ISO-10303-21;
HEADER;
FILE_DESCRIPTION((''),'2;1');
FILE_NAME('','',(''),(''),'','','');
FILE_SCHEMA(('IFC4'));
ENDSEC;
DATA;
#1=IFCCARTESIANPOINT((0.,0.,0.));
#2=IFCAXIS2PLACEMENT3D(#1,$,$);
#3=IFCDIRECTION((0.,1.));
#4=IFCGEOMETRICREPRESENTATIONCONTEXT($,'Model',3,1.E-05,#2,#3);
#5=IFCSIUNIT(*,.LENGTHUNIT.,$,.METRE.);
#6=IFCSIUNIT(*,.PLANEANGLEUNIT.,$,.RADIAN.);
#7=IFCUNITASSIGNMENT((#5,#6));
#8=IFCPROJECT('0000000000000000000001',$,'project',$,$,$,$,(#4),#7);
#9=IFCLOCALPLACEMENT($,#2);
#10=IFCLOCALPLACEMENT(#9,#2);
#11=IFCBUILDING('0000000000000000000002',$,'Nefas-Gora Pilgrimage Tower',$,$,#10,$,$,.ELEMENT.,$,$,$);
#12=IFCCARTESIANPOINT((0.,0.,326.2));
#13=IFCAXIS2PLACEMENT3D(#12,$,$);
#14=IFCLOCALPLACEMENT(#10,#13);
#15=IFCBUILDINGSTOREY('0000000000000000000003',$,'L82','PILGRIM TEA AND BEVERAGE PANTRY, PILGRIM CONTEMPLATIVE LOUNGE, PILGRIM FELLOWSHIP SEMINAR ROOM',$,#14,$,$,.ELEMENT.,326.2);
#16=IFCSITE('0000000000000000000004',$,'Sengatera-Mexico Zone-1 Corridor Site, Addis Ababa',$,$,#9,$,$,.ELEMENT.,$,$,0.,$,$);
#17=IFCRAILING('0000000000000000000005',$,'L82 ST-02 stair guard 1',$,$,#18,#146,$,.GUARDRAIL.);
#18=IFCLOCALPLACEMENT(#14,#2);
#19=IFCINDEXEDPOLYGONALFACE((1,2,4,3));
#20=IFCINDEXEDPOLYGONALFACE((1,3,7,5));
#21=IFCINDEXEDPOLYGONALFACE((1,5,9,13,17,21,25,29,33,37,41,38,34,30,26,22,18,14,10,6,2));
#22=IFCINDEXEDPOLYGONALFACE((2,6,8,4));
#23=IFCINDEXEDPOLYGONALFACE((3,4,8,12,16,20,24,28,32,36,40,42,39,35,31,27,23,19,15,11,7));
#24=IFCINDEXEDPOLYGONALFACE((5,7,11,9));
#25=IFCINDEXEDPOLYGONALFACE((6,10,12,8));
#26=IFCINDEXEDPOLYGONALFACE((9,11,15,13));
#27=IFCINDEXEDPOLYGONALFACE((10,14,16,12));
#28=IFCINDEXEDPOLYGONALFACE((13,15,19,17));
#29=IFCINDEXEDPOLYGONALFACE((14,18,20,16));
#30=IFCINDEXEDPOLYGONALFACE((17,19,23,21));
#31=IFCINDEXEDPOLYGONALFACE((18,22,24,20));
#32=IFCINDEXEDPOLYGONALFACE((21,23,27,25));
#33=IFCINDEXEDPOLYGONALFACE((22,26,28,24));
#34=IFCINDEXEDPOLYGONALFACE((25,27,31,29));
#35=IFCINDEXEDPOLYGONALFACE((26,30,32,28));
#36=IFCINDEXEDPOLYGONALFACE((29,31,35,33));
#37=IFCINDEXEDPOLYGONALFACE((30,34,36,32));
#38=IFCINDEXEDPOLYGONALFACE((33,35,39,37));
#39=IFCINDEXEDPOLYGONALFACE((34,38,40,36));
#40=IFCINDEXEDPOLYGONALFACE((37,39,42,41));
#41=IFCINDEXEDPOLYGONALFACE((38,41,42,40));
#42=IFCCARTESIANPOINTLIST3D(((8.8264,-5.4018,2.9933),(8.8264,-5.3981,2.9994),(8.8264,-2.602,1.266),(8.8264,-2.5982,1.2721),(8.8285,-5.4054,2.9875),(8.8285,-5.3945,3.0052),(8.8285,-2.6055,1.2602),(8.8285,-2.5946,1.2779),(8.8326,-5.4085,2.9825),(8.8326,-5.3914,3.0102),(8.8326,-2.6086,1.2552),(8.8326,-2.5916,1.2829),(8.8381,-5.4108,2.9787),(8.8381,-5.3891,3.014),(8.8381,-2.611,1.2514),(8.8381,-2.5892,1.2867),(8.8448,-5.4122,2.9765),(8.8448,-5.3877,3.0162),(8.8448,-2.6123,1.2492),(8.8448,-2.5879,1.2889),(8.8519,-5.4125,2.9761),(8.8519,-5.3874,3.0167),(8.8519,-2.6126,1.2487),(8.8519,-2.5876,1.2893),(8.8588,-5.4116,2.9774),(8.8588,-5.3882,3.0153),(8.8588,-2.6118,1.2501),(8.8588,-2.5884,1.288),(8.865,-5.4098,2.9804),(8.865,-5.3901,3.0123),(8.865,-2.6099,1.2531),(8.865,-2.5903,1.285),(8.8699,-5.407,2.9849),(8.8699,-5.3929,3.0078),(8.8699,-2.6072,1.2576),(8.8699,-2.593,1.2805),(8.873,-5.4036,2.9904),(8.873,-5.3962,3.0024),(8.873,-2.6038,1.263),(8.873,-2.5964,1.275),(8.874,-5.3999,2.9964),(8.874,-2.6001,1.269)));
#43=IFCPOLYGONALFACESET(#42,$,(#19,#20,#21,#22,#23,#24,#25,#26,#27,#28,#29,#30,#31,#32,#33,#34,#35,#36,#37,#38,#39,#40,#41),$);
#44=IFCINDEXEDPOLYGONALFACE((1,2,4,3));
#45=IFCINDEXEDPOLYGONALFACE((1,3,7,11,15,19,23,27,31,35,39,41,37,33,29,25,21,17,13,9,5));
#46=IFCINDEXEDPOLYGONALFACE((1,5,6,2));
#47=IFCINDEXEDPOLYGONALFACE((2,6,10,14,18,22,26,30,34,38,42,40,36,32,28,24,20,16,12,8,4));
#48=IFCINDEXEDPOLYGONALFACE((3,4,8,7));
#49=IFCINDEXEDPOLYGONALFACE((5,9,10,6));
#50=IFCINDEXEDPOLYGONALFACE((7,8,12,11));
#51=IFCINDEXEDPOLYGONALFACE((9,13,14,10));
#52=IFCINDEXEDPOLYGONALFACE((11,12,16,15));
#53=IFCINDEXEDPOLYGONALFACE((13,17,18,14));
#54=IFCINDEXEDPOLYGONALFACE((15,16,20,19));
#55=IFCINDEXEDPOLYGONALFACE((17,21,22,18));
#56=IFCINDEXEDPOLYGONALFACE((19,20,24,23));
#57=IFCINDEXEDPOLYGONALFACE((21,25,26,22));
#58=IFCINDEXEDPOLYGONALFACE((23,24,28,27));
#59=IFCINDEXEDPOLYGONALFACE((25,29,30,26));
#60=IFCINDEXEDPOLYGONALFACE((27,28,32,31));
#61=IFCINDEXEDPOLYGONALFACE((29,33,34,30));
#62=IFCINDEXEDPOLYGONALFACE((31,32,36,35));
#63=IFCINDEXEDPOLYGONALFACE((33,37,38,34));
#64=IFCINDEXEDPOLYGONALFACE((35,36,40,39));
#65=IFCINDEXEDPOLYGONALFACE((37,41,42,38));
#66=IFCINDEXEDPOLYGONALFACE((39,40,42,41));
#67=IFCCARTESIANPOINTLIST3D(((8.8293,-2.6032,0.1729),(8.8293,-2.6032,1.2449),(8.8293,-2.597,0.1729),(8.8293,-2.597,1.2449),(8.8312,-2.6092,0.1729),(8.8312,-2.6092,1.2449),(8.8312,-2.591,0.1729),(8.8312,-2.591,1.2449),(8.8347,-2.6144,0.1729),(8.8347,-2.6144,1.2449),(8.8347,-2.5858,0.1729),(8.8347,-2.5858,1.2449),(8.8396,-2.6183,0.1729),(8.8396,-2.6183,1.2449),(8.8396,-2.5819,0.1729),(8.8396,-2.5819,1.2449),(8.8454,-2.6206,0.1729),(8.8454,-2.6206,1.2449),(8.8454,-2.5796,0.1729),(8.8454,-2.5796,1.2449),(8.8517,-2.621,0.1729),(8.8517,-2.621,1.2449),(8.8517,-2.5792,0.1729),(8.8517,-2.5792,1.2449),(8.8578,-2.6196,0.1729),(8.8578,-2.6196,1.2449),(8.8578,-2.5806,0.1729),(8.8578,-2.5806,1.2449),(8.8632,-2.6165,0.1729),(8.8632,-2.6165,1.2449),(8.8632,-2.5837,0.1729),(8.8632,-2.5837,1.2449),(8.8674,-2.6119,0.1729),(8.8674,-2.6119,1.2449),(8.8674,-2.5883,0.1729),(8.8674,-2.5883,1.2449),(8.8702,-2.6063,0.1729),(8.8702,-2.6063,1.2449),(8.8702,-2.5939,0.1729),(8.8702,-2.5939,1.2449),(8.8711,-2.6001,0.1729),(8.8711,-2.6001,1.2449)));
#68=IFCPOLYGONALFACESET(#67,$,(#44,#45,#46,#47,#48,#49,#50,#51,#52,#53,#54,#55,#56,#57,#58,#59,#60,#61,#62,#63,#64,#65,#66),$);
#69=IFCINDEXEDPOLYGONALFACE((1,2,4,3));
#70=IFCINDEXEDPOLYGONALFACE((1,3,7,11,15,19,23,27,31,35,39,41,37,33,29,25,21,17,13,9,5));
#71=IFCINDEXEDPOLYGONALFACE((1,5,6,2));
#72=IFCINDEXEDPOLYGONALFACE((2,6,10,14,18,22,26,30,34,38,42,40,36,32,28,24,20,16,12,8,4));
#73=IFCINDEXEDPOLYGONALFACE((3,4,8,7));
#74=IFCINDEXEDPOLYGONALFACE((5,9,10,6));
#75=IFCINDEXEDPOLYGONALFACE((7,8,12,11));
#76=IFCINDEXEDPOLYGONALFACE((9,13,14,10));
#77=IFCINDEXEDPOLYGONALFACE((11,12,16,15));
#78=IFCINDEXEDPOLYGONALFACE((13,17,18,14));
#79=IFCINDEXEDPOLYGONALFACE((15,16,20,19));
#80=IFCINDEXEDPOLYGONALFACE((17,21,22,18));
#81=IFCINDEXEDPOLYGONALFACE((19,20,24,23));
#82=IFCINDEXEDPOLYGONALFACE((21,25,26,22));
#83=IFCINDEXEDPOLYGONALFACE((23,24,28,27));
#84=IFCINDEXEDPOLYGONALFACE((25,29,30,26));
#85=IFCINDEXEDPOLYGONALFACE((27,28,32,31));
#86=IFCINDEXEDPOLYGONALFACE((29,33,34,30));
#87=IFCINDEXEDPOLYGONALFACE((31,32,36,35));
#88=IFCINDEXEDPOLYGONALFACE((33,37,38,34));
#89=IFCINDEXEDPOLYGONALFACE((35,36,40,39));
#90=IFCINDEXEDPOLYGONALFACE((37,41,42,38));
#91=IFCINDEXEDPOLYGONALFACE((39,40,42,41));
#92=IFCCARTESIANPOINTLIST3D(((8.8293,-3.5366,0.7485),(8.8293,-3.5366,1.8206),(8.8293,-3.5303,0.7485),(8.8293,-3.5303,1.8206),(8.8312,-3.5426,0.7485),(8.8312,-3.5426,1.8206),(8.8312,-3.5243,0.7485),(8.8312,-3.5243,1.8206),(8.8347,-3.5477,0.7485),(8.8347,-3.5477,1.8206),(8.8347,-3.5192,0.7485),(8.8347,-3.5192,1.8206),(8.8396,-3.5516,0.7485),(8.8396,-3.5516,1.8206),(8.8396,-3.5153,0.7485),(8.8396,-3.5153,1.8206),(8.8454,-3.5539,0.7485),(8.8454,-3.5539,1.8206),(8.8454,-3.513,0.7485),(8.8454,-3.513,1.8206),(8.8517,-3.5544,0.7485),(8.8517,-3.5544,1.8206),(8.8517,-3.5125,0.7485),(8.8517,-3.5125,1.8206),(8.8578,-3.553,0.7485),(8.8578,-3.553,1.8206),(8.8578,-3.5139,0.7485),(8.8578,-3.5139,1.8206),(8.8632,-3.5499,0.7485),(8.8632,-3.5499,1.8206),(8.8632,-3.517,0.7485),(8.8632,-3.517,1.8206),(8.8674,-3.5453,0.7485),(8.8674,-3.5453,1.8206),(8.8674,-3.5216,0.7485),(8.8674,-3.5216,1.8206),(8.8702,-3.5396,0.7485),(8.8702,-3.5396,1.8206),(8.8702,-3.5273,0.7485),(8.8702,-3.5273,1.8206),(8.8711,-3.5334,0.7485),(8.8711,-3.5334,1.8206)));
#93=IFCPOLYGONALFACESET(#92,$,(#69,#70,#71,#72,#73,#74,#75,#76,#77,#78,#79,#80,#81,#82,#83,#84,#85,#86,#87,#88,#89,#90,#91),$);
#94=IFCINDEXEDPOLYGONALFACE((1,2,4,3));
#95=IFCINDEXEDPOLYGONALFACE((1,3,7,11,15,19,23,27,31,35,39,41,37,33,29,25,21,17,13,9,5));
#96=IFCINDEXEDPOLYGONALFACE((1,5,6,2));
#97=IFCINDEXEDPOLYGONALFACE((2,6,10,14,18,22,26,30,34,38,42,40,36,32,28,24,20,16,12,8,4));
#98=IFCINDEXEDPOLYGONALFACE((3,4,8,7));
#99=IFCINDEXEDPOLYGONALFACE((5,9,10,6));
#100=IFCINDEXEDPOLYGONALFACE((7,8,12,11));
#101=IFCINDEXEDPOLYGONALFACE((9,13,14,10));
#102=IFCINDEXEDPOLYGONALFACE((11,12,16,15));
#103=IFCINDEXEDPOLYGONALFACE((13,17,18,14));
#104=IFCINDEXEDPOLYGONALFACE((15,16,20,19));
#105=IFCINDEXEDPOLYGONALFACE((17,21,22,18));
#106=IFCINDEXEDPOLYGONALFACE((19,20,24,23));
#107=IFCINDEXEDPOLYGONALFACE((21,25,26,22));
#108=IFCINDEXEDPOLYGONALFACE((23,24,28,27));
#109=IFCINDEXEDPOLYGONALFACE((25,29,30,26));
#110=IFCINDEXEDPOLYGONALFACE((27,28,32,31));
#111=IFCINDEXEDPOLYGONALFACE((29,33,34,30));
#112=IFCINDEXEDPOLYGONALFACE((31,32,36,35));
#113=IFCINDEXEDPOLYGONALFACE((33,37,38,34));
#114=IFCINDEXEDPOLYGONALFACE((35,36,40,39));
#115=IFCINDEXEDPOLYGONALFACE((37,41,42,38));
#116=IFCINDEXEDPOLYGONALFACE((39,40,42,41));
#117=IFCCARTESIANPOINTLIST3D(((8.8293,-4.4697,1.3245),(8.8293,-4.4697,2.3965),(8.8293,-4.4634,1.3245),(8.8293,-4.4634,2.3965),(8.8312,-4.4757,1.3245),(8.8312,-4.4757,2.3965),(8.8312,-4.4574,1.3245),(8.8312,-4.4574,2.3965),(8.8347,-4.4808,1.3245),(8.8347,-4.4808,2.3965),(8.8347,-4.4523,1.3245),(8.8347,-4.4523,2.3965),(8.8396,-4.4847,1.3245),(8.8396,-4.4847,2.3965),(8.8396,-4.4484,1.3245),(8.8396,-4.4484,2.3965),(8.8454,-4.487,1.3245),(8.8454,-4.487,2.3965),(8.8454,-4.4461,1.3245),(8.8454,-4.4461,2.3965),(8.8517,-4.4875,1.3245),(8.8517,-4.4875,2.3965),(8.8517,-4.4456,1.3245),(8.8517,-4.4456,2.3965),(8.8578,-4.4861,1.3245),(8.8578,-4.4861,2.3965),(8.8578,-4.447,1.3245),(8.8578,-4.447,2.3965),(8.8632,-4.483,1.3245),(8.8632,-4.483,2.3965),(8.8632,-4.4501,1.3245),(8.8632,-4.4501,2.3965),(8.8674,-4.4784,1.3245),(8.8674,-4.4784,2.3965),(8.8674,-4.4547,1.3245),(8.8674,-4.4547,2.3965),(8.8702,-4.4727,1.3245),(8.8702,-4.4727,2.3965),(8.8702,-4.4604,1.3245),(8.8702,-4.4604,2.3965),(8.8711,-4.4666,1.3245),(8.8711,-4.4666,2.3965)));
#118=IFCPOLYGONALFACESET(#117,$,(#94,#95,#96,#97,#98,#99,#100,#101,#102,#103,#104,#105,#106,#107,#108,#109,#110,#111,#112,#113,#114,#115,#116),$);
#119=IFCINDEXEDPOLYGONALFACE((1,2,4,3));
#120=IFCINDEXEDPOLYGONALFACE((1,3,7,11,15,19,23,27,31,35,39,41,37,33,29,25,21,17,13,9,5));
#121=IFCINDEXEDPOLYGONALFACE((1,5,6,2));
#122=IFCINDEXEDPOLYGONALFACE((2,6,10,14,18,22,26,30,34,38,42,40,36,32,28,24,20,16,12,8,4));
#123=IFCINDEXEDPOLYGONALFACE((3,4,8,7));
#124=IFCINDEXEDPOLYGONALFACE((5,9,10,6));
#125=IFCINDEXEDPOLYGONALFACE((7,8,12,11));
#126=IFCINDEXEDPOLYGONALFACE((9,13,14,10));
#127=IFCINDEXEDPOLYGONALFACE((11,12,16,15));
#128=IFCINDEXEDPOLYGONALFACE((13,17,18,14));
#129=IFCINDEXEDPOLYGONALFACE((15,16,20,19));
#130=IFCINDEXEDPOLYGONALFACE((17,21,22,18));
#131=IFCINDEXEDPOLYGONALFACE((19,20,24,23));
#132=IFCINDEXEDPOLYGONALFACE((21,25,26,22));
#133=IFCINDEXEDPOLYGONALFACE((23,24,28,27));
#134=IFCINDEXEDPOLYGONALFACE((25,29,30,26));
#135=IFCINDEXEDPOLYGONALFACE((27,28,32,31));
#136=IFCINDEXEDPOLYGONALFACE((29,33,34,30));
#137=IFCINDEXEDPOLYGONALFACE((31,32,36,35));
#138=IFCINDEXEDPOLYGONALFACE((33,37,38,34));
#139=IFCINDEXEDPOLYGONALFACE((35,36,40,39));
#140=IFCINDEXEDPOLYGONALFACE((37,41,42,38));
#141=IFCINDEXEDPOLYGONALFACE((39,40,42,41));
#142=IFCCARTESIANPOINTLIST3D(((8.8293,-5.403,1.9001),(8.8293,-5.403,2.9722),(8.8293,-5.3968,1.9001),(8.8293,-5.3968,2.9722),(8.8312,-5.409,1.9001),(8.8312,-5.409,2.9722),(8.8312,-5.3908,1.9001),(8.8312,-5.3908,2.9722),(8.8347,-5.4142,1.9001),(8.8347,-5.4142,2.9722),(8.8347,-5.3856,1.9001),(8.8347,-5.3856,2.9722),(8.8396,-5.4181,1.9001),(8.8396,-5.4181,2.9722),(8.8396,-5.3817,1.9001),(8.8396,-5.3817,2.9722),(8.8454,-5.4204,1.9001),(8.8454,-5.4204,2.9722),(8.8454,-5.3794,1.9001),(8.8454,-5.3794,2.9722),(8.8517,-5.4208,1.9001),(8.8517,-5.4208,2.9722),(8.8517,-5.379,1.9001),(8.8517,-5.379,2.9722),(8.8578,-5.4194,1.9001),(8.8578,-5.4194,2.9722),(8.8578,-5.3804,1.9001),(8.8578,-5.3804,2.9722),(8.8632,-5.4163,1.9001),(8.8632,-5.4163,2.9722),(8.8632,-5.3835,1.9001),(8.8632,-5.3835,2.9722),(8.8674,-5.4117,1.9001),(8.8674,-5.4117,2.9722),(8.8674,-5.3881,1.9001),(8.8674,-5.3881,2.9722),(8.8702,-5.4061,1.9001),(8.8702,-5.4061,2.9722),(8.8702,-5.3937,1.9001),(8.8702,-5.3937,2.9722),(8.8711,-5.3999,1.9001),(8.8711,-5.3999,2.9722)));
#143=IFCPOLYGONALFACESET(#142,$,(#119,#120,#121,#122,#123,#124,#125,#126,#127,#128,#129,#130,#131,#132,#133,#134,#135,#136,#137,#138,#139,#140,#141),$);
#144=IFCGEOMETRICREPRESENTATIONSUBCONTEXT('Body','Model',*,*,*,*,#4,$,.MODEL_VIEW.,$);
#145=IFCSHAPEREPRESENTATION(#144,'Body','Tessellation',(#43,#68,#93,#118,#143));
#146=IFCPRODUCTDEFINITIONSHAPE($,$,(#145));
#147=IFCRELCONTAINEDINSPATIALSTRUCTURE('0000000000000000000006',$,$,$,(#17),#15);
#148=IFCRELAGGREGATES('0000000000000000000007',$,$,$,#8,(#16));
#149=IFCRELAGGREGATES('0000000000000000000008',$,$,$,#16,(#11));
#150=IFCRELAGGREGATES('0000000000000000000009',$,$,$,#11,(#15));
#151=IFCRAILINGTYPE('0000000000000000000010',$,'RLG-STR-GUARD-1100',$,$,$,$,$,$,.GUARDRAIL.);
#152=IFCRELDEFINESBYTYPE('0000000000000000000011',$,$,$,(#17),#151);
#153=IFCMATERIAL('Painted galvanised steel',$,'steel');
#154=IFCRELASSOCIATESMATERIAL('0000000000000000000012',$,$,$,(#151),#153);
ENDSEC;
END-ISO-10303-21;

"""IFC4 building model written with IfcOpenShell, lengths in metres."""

from ifc_helpers import new_model, si_unit, direction, frame, origin, origin_2d, place, context, subcontext, project, spatial, circle, extrude, material, type_object, element, save


model = new_model("IFC4")

# Units and contexts
model_context = context("Model", 3, precision=1e-05, world=origin(), true_north=direction((0.0, 1.0)))
body_context = subcontext(model_context, "Body", "Model", "MODEL_VIEW")
ifc_project = project(units=[si_unit("LENGTHUNIT", "METRE"), si_unit("PLANEANGLEUNIT", "RADIAN")], contexts=[model_context])

# Site, building, storey
site_placement = place(None, origin())
site = spatial("IfcSite", under=ifc_project, at=site_placement, Name="Sengatera-Mexico Zone-1 Corridor Site, Addis Ababa", CompositionType="ELEMENT", RefElevation=0.0)
building_placement = place(site_placement, origin())
building = spatial("IfcBuilding", under=site, at=building_placement, Name="Nefas-Gora Pilgrimage Tower", CompositionType="ELEMENT")
storey_placement = place(building_placement, frame((0.0, 0.0, 326.2)))
storey = spatial("IfcBuildingStorey", under=building, at=storey_placement, Name="L82", Description="PILGRIM TEA AND BEVERAGE PANTRY, PILGRIM CONTEMPLATIVE LOUNGE, PILGRIM FELLOWSHIP SEMINAR ROOM", CompositionType="ELEMENT", Elevation=326.2)

# Railing
ifc_material_1 = material(Name="Painted galvanised steel", Category="steel")
railing_type_1 = type_object("IfcRailingType", Name="RLG-STR-GUARD-1100", PredefinedType="GUARDRAIL", material=ifc_material_1)
railing_1_placement = place(storey_placement, frame((8.8501, -2.6001, 0.1729)))
element("IfcRailing", 1, at=railing_1_placement, inside=storey, type_object=railing_type_1, Name="L82 ST-02 stair guard 1", PredefinedType="GUARDRAIL", context=body_context, shape_type="SweptSolid", body=[
    extrude(circle(Radius=0.0239, at=origin_2d()), frame((0.0, 0.0, 1.0962), z_axis=(0.0, -0.851069, 0.525054), x_axis=(1.0, 0.0, 0.0)), (0.0, 0.0, 1.0), 3.2898),
    extrude(circle(Radius=0.021, at=origin_2d()), origin(), (0.0, 0.0, 1.0), 1.072),
    extrude(circle(Radius=0.021, at=origin_2d()), frame((0.0, -0.9333, 0.5757)), (0.0, 0.0, 1.0), 1.072),
    extrude(circle(Radius=0.021, at=origin_2d()), frame((0.0, -1.8665, 1.1516)), (0.0, 0.0, 1.0), 1.072),
    extrude(circle(Radius=0.021, at=origin_2d()), frame((0.0, -2.7998, 1.7273)), (0.0, 0.0, 1.0), 1.072),
])

save(model, "model.ifc")
